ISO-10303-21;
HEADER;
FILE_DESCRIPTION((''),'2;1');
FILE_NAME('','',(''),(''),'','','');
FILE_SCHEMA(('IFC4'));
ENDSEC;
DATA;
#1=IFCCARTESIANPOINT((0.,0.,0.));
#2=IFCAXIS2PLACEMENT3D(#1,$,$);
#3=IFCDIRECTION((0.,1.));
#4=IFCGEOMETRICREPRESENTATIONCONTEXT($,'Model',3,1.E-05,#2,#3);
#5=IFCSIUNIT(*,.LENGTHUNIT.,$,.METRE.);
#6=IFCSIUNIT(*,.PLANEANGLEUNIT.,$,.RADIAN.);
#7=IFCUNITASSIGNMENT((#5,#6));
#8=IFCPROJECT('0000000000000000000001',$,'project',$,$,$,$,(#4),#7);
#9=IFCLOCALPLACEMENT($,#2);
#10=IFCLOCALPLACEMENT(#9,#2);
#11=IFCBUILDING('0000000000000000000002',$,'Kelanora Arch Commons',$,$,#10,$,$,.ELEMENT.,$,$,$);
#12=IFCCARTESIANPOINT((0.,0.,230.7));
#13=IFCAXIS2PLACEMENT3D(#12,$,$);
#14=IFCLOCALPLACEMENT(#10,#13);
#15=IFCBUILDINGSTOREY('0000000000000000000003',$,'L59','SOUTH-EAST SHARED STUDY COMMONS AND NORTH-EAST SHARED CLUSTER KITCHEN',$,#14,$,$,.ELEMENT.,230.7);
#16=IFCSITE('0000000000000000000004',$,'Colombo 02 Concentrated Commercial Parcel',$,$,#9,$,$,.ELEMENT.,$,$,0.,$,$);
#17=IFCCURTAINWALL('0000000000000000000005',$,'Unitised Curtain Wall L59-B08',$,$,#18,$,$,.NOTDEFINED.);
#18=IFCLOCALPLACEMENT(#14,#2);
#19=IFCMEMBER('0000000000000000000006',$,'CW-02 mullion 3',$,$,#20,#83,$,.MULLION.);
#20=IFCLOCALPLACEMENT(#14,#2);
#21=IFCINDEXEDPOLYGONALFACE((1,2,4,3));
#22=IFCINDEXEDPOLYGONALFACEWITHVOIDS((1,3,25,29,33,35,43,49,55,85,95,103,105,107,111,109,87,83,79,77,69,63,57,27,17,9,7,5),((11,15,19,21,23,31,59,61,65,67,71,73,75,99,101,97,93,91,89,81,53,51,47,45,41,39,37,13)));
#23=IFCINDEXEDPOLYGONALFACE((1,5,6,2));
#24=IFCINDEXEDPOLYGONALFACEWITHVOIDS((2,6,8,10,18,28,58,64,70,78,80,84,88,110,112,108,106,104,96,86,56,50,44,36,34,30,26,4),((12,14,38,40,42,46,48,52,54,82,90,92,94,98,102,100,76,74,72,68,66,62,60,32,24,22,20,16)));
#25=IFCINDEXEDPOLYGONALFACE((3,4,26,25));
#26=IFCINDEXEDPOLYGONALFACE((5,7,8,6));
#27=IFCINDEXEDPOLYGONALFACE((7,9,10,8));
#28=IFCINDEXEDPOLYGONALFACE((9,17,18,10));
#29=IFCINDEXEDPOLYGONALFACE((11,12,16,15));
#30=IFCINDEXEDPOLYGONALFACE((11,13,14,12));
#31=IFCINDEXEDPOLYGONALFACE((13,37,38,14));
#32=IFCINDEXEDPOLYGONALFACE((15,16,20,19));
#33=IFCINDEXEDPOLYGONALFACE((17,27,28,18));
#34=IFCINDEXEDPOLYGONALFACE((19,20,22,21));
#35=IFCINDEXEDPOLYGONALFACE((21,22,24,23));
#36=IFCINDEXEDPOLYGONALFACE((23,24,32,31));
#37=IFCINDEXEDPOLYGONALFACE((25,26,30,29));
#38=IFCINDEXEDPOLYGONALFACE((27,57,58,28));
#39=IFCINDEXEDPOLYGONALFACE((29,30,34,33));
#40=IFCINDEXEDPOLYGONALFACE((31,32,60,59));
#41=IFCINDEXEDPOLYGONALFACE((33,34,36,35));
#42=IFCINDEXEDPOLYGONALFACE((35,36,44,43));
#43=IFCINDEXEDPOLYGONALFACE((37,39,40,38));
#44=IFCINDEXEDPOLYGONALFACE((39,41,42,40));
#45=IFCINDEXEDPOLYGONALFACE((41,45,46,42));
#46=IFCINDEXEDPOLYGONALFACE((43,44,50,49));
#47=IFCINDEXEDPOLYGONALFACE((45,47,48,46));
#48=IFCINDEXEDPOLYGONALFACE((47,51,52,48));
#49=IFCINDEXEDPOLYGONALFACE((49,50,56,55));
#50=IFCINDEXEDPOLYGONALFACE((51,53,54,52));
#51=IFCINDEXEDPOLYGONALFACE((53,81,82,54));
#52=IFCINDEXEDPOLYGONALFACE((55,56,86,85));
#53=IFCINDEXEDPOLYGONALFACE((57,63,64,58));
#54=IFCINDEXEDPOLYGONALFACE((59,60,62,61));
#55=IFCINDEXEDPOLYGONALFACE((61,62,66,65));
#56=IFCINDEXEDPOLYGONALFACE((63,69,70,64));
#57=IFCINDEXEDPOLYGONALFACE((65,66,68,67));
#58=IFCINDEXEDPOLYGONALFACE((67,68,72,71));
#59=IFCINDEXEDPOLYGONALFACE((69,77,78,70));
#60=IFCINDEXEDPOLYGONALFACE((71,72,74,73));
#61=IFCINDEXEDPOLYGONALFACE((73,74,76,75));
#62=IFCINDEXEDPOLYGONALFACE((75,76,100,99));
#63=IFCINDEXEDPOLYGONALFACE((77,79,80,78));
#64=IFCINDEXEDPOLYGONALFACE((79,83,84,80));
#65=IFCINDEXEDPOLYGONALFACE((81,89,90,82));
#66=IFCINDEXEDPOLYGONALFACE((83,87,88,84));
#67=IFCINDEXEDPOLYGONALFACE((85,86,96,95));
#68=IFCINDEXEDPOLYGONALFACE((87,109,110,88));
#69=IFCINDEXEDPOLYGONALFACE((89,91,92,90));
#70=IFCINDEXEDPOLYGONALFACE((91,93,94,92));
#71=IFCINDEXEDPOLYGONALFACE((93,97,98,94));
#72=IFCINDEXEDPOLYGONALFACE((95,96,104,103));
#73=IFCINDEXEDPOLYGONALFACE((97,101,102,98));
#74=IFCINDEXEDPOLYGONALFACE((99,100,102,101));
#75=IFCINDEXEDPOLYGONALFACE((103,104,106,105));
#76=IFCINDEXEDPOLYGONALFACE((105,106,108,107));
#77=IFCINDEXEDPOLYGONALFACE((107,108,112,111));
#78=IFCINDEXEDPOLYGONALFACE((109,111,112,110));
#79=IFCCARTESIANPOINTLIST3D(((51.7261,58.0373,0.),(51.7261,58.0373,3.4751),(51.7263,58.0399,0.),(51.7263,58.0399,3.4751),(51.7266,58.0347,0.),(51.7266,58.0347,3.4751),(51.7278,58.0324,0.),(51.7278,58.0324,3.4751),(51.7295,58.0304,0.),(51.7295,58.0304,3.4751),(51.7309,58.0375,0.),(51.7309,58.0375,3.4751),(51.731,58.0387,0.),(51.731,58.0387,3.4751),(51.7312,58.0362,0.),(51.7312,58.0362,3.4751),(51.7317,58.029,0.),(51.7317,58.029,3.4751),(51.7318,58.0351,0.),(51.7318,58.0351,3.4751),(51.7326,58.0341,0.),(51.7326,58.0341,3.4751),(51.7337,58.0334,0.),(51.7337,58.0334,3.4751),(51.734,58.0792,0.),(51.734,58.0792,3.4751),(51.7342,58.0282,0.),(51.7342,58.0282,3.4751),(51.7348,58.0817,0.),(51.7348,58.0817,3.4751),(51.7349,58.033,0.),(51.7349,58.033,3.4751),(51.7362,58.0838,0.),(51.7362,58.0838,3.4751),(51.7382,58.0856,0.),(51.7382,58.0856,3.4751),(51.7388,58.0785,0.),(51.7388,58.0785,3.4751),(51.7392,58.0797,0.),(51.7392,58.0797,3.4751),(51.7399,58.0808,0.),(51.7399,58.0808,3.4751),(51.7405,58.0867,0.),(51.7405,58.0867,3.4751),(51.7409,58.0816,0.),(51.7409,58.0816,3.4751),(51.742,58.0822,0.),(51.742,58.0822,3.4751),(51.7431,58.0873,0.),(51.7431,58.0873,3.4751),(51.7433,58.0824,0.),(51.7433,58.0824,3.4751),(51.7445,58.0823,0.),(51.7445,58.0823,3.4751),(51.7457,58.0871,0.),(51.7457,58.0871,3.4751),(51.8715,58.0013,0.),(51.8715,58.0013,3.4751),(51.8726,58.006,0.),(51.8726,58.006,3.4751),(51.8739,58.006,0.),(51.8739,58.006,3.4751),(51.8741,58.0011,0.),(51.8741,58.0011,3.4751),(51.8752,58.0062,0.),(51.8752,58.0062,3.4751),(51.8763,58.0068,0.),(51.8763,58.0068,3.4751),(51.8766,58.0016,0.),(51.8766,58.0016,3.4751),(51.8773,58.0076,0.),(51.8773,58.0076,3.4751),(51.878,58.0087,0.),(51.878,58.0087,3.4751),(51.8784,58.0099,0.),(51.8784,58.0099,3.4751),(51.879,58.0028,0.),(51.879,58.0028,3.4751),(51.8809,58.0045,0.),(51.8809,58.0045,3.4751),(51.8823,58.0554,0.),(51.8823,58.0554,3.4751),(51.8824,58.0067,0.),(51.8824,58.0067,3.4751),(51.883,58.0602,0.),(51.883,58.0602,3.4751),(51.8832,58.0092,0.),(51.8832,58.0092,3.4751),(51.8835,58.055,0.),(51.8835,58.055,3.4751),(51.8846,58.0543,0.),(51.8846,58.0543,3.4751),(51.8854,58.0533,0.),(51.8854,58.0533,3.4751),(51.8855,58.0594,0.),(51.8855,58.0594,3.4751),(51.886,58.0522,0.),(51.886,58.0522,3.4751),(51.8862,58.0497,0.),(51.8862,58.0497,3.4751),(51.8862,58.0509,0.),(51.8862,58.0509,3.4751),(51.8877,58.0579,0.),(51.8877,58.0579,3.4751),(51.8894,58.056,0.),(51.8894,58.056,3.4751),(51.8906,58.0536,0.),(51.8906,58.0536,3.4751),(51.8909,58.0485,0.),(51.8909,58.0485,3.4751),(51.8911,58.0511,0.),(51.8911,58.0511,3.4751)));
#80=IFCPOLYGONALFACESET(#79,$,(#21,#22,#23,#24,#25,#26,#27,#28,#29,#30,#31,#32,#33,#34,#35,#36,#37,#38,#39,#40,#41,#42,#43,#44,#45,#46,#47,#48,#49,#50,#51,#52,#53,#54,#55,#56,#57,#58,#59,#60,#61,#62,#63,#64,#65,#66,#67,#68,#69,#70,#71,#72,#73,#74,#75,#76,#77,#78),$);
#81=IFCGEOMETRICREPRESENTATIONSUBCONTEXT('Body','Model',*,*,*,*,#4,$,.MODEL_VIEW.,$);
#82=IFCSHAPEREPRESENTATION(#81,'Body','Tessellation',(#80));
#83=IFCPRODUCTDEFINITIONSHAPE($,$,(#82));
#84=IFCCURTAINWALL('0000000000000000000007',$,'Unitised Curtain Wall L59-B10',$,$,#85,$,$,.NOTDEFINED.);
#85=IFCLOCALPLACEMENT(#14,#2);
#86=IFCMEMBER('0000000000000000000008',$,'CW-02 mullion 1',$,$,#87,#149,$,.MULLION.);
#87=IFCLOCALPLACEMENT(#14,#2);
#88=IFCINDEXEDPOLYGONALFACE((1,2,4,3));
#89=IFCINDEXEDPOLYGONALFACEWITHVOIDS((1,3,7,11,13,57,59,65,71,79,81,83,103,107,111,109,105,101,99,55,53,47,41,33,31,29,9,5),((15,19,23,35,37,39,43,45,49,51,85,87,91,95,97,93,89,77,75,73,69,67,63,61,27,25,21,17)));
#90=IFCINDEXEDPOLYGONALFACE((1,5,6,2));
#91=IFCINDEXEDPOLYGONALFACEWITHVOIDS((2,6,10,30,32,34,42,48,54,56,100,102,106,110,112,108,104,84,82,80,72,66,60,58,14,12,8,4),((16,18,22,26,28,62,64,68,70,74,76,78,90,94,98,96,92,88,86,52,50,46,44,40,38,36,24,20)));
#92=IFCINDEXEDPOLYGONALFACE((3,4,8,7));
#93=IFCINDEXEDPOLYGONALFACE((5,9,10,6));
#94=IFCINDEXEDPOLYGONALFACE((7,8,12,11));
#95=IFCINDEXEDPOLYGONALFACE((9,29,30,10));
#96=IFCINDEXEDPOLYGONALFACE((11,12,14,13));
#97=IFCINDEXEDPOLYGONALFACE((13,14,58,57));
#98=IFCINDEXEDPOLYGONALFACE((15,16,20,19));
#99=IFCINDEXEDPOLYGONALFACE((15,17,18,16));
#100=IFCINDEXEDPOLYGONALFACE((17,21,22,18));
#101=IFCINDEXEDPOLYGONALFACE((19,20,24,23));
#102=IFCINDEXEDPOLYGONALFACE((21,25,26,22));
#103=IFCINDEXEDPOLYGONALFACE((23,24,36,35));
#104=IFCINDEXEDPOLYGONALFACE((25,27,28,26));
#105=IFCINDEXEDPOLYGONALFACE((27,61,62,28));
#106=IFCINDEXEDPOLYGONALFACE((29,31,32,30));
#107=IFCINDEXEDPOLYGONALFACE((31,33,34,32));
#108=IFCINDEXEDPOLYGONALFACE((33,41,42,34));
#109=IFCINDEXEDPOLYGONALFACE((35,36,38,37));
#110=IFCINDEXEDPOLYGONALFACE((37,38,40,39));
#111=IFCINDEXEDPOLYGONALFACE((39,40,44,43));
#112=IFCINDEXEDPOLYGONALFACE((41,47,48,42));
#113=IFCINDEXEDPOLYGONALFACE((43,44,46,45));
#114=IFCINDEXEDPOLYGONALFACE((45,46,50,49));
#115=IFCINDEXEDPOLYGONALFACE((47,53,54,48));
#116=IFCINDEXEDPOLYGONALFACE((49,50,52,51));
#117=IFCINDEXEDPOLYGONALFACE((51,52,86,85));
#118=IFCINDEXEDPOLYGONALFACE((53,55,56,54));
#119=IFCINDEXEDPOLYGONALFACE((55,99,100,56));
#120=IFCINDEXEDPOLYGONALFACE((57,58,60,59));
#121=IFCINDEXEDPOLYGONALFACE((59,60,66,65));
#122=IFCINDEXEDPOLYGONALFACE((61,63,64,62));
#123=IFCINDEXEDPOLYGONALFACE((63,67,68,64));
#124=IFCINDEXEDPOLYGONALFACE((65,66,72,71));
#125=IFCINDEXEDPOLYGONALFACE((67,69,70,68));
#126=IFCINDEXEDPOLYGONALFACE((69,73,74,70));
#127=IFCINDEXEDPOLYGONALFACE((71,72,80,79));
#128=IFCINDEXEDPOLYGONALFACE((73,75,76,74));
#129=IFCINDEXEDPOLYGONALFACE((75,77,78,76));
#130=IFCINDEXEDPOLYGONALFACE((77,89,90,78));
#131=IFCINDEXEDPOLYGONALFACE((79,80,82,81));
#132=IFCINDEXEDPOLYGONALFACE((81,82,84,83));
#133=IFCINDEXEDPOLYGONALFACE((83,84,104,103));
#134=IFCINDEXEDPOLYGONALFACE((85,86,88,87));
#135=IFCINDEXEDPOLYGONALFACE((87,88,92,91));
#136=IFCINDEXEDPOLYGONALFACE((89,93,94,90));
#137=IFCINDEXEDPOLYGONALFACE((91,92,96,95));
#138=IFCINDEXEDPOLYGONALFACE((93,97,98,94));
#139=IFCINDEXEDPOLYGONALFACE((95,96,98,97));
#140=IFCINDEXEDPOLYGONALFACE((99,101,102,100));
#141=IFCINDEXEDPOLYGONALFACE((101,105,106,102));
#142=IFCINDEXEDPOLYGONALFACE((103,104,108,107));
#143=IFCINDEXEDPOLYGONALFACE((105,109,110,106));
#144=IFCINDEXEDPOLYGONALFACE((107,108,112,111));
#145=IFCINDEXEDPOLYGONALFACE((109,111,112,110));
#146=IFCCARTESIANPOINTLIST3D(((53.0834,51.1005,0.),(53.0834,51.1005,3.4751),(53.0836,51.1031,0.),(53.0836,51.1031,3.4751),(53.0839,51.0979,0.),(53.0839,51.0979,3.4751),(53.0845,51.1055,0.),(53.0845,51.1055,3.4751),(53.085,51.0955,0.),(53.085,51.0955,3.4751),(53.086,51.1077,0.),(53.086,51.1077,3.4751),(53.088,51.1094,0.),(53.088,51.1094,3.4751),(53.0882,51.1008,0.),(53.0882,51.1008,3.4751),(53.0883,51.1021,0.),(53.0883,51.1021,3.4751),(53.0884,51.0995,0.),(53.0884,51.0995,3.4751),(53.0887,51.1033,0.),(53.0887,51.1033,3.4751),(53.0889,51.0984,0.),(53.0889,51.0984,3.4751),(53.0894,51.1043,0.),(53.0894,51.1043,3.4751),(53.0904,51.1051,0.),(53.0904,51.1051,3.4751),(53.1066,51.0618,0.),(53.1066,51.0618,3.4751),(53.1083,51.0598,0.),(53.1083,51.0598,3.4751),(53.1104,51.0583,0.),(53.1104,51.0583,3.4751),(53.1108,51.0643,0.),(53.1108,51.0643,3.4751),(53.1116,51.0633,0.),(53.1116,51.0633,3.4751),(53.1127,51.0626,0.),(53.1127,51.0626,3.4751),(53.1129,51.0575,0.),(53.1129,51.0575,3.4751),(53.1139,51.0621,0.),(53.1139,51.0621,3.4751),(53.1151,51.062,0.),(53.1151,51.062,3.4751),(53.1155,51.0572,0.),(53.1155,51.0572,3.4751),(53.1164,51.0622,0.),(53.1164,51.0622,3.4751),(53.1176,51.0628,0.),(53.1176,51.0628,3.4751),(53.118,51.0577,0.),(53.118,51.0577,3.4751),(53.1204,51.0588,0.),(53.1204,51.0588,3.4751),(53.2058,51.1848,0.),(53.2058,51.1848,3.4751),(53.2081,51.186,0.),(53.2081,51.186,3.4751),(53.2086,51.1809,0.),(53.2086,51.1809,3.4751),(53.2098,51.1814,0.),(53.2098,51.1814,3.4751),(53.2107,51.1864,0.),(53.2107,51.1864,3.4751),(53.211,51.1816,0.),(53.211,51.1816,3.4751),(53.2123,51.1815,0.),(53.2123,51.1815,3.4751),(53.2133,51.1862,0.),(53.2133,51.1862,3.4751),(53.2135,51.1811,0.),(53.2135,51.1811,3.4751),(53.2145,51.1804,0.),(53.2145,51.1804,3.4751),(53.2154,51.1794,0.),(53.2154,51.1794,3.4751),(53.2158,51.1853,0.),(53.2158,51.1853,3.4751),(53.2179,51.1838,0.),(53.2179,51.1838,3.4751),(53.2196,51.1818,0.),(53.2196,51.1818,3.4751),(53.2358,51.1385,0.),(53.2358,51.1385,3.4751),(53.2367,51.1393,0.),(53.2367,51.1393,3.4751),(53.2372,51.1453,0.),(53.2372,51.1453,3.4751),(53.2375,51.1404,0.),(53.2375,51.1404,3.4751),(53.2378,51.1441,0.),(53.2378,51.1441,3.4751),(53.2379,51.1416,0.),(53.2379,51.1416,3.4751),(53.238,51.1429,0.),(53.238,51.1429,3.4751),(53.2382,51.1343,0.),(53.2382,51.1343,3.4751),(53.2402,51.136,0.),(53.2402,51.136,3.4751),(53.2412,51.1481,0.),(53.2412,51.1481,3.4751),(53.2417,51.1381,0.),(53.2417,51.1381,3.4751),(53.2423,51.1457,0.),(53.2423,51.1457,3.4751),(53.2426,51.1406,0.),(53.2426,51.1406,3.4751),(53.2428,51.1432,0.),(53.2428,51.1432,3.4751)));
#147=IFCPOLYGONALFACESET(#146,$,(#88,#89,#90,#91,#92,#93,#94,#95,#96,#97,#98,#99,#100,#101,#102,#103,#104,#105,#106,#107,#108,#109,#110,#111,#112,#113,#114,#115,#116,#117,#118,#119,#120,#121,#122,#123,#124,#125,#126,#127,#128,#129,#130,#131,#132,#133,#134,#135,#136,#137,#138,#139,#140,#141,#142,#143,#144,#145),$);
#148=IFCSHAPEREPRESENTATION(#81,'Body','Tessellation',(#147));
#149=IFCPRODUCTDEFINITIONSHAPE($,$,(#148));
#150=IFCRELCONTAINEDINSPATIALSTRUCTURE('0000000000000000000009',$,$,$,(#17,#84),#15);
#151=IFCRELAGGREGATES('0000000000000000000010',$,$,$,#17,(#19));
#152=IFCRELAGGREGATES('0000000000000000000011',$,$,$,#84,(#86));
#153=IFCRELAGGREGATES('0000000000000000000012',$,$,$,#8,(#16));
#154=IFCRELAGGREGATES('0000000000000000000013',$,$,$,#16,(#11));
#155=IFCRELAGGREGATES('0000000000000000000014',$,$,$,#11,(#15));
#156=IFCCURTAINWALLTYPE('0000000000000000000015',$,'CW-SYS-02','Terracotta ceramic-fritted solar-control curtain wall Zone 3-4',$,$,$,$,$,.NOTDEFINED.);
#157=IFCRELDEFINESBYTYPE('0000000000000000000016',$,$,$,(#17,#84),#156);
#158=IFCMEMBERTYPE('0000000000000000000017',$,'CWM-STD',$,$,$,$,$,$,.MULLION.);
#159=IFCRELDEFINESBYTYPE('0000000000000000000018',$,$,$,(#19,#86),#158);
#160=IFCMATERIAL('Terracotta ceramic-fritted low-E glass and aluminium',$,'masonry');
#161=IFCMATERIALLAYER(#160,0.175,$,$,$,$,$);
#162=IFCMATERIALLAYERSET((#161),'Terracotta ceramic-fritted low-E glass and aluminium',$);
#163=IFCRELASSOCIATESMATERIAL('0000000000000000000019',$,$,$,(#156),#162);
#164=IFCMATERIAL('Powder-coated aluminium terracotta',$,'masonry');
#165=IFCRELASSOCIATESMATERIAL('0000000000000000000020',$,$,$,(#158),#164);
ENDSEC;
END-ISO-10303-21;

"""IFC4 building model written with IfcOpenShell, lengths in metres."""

from ifc_helpers import new_model, si_unit, direction, frame, origin, origin_2d, place, context, subcontext, project, spatial, hollow_rectangle, extrude, material, layer, layer_set, material_profile, profile_set, type_object, element, aggregate, save


model = new_model("IFC4")

# Units and contexts
model_context = context("Model", 3, precision=1e-05, world=origin(), true_north=direction((0.0, 1.0)))
body_context = subcontext(model_context, "Body", "Model", "MODEL_VIEW")
ifc_project = project(units=[si_unit("LENGTHUNIT", "METRE"), si_unit("PLANEANGLEUNIT", "RADIAN")], contexts=[model_context])

# Site, building, storey
site_placement = place(None, origin())
site = spatial("IfcSite", under=ifc_project, at=site_placement, Name="Colombo 02 Concentrated Commercial Parcel", CompositionType="ELEMENT", RefElevation=0.0)
building_placement = place(site_placement, origin())
building = spatial("IfcBuilding", under=site, at=building_placement, Name="Kelanora Arch Commons", CompositionType="ELEMENT")
storey_placement = place(building_placement, frame((0.0, 0.0, 230.7)))
storey = spatial("IfcBuildingStorey", under=building, at=storey_placement, Name="L59", Description="SOUTH-EAST SHARED STUDY COMMONS AND NORTH-EAST SHARED CLUSTER KITCHEN", CompositionType="ELEMENT", Elevation=230.7)

# Curtain wall, member
ifc_material_1 = material(Name="Terracotta ceramic-fritted low-E glass and aluminium", Category="masonry")
ifc_layer_1 = layer(ifc_material_1, 0.175)
ifc_layer_set_1 = layer_set([ifc_layer_1], Name="Terracotta ceramic-fritted low-E glass and aluminium")
curtain_wall_type = type_object("IfcCurtainWallType", Name="CW-SYS-02", Description="Terracotta ceramic-fritted solar-control curtain wall Zone 3-4", PredefinedType="NOTDEFINED", material=ifc_layer_set_1)
curtain_wall_1_placement = place(storey_placement, origin())
curtain_wall_1 = element("IfcCurtainWall", 1, at=curtain_wall_1_placement, inside=storey, type_object=curtain_wall_type, Name="Unitised Curtain Wall L59-B08", PredefinedType="NOTDEFINED")
ifc_material_2 = material(Name="Powder-coated aluminium terracotta", Category="masonry")
ifc_material_profile_1 = material_profile(ifc_material_2, hollow_rectangle(XDim=0.1599, YDim=0.0601, WallThickness=0.0049, InnerFilletRadius=0.0049, OuterFilletRadius=0.01, at=origin_2d()), Name="CWM160x60")
ifc_profile_set_1 = profile_set([ifc_material_profile_1], Name="Powder-coated aluminium terracotta")
member_type_1 = type_object("IfcMemberType", Name="CWM-STD", PredefinedType="MULLION", material=ifc_profile_set_1)
member_1_placement = place(storey_placement, frame((51.8086, 58.0442, 0.0), z_axis=(0.0, 0.0, 1.0), x_axis=(0.981381, -0.192069, 0.0)))
member_1 = element("IfcMember", 2, at=member_1_placement, type_object=member_type_1, Name="CW-02 mullion 3", PredefinedType="MULLION", context=body_context, shape_type="SweptSolid", body=[
    extrude(hollow_rectangle(XDim=0.1599, YDim=0.0601, WallThickness=0.0049, InnerFilletRadius=0.0049, OuterFilletRadius=0.01, at=origin_2d()), origin(), (0.0, 0.0, 1.0), 3.4751),
])
aggregate(curtain_wall_1, [member_1])

# Curtain wall, member
curtain_wall_2_placement = place(storey_placement, origin())
curtain_wall_2 = element("IfcCurtainWall", 3, at=curtain_wall_2_placement, inside=storey, type_object=curtain_wall_type, Name="Unitised Curtain Wall L59-B10", PredefinedType="NOTDEFINED")
member_2_placement = place(storey_placement, frame((53.1631, 51.1218, 0.0), z_axis=(0.0, 0.0, 1.0), x_axis=(0.841948, 0.539559, 0.0)))
member_2 = element("IfcMember", 4, at=member_2_placement, type_object=member_type_1, Name="CW-02 mullion 1", PredefinedType="MULLION", context=body_context, shape_type="SweptSolid", body=[
    extrude(hollow_rectangle(XDim=0.1599, YDim=0.0601, WallThickness=0.0049, InnerFilletRadius=0.0049, OuterFilletRadius=0.01, at=origin_2d()), origin(), (0.0, 0.0, 1.0), 3.4751),
])

aggregate(curtain_wall_2, [member_2])

save(model, "model.ifc")
